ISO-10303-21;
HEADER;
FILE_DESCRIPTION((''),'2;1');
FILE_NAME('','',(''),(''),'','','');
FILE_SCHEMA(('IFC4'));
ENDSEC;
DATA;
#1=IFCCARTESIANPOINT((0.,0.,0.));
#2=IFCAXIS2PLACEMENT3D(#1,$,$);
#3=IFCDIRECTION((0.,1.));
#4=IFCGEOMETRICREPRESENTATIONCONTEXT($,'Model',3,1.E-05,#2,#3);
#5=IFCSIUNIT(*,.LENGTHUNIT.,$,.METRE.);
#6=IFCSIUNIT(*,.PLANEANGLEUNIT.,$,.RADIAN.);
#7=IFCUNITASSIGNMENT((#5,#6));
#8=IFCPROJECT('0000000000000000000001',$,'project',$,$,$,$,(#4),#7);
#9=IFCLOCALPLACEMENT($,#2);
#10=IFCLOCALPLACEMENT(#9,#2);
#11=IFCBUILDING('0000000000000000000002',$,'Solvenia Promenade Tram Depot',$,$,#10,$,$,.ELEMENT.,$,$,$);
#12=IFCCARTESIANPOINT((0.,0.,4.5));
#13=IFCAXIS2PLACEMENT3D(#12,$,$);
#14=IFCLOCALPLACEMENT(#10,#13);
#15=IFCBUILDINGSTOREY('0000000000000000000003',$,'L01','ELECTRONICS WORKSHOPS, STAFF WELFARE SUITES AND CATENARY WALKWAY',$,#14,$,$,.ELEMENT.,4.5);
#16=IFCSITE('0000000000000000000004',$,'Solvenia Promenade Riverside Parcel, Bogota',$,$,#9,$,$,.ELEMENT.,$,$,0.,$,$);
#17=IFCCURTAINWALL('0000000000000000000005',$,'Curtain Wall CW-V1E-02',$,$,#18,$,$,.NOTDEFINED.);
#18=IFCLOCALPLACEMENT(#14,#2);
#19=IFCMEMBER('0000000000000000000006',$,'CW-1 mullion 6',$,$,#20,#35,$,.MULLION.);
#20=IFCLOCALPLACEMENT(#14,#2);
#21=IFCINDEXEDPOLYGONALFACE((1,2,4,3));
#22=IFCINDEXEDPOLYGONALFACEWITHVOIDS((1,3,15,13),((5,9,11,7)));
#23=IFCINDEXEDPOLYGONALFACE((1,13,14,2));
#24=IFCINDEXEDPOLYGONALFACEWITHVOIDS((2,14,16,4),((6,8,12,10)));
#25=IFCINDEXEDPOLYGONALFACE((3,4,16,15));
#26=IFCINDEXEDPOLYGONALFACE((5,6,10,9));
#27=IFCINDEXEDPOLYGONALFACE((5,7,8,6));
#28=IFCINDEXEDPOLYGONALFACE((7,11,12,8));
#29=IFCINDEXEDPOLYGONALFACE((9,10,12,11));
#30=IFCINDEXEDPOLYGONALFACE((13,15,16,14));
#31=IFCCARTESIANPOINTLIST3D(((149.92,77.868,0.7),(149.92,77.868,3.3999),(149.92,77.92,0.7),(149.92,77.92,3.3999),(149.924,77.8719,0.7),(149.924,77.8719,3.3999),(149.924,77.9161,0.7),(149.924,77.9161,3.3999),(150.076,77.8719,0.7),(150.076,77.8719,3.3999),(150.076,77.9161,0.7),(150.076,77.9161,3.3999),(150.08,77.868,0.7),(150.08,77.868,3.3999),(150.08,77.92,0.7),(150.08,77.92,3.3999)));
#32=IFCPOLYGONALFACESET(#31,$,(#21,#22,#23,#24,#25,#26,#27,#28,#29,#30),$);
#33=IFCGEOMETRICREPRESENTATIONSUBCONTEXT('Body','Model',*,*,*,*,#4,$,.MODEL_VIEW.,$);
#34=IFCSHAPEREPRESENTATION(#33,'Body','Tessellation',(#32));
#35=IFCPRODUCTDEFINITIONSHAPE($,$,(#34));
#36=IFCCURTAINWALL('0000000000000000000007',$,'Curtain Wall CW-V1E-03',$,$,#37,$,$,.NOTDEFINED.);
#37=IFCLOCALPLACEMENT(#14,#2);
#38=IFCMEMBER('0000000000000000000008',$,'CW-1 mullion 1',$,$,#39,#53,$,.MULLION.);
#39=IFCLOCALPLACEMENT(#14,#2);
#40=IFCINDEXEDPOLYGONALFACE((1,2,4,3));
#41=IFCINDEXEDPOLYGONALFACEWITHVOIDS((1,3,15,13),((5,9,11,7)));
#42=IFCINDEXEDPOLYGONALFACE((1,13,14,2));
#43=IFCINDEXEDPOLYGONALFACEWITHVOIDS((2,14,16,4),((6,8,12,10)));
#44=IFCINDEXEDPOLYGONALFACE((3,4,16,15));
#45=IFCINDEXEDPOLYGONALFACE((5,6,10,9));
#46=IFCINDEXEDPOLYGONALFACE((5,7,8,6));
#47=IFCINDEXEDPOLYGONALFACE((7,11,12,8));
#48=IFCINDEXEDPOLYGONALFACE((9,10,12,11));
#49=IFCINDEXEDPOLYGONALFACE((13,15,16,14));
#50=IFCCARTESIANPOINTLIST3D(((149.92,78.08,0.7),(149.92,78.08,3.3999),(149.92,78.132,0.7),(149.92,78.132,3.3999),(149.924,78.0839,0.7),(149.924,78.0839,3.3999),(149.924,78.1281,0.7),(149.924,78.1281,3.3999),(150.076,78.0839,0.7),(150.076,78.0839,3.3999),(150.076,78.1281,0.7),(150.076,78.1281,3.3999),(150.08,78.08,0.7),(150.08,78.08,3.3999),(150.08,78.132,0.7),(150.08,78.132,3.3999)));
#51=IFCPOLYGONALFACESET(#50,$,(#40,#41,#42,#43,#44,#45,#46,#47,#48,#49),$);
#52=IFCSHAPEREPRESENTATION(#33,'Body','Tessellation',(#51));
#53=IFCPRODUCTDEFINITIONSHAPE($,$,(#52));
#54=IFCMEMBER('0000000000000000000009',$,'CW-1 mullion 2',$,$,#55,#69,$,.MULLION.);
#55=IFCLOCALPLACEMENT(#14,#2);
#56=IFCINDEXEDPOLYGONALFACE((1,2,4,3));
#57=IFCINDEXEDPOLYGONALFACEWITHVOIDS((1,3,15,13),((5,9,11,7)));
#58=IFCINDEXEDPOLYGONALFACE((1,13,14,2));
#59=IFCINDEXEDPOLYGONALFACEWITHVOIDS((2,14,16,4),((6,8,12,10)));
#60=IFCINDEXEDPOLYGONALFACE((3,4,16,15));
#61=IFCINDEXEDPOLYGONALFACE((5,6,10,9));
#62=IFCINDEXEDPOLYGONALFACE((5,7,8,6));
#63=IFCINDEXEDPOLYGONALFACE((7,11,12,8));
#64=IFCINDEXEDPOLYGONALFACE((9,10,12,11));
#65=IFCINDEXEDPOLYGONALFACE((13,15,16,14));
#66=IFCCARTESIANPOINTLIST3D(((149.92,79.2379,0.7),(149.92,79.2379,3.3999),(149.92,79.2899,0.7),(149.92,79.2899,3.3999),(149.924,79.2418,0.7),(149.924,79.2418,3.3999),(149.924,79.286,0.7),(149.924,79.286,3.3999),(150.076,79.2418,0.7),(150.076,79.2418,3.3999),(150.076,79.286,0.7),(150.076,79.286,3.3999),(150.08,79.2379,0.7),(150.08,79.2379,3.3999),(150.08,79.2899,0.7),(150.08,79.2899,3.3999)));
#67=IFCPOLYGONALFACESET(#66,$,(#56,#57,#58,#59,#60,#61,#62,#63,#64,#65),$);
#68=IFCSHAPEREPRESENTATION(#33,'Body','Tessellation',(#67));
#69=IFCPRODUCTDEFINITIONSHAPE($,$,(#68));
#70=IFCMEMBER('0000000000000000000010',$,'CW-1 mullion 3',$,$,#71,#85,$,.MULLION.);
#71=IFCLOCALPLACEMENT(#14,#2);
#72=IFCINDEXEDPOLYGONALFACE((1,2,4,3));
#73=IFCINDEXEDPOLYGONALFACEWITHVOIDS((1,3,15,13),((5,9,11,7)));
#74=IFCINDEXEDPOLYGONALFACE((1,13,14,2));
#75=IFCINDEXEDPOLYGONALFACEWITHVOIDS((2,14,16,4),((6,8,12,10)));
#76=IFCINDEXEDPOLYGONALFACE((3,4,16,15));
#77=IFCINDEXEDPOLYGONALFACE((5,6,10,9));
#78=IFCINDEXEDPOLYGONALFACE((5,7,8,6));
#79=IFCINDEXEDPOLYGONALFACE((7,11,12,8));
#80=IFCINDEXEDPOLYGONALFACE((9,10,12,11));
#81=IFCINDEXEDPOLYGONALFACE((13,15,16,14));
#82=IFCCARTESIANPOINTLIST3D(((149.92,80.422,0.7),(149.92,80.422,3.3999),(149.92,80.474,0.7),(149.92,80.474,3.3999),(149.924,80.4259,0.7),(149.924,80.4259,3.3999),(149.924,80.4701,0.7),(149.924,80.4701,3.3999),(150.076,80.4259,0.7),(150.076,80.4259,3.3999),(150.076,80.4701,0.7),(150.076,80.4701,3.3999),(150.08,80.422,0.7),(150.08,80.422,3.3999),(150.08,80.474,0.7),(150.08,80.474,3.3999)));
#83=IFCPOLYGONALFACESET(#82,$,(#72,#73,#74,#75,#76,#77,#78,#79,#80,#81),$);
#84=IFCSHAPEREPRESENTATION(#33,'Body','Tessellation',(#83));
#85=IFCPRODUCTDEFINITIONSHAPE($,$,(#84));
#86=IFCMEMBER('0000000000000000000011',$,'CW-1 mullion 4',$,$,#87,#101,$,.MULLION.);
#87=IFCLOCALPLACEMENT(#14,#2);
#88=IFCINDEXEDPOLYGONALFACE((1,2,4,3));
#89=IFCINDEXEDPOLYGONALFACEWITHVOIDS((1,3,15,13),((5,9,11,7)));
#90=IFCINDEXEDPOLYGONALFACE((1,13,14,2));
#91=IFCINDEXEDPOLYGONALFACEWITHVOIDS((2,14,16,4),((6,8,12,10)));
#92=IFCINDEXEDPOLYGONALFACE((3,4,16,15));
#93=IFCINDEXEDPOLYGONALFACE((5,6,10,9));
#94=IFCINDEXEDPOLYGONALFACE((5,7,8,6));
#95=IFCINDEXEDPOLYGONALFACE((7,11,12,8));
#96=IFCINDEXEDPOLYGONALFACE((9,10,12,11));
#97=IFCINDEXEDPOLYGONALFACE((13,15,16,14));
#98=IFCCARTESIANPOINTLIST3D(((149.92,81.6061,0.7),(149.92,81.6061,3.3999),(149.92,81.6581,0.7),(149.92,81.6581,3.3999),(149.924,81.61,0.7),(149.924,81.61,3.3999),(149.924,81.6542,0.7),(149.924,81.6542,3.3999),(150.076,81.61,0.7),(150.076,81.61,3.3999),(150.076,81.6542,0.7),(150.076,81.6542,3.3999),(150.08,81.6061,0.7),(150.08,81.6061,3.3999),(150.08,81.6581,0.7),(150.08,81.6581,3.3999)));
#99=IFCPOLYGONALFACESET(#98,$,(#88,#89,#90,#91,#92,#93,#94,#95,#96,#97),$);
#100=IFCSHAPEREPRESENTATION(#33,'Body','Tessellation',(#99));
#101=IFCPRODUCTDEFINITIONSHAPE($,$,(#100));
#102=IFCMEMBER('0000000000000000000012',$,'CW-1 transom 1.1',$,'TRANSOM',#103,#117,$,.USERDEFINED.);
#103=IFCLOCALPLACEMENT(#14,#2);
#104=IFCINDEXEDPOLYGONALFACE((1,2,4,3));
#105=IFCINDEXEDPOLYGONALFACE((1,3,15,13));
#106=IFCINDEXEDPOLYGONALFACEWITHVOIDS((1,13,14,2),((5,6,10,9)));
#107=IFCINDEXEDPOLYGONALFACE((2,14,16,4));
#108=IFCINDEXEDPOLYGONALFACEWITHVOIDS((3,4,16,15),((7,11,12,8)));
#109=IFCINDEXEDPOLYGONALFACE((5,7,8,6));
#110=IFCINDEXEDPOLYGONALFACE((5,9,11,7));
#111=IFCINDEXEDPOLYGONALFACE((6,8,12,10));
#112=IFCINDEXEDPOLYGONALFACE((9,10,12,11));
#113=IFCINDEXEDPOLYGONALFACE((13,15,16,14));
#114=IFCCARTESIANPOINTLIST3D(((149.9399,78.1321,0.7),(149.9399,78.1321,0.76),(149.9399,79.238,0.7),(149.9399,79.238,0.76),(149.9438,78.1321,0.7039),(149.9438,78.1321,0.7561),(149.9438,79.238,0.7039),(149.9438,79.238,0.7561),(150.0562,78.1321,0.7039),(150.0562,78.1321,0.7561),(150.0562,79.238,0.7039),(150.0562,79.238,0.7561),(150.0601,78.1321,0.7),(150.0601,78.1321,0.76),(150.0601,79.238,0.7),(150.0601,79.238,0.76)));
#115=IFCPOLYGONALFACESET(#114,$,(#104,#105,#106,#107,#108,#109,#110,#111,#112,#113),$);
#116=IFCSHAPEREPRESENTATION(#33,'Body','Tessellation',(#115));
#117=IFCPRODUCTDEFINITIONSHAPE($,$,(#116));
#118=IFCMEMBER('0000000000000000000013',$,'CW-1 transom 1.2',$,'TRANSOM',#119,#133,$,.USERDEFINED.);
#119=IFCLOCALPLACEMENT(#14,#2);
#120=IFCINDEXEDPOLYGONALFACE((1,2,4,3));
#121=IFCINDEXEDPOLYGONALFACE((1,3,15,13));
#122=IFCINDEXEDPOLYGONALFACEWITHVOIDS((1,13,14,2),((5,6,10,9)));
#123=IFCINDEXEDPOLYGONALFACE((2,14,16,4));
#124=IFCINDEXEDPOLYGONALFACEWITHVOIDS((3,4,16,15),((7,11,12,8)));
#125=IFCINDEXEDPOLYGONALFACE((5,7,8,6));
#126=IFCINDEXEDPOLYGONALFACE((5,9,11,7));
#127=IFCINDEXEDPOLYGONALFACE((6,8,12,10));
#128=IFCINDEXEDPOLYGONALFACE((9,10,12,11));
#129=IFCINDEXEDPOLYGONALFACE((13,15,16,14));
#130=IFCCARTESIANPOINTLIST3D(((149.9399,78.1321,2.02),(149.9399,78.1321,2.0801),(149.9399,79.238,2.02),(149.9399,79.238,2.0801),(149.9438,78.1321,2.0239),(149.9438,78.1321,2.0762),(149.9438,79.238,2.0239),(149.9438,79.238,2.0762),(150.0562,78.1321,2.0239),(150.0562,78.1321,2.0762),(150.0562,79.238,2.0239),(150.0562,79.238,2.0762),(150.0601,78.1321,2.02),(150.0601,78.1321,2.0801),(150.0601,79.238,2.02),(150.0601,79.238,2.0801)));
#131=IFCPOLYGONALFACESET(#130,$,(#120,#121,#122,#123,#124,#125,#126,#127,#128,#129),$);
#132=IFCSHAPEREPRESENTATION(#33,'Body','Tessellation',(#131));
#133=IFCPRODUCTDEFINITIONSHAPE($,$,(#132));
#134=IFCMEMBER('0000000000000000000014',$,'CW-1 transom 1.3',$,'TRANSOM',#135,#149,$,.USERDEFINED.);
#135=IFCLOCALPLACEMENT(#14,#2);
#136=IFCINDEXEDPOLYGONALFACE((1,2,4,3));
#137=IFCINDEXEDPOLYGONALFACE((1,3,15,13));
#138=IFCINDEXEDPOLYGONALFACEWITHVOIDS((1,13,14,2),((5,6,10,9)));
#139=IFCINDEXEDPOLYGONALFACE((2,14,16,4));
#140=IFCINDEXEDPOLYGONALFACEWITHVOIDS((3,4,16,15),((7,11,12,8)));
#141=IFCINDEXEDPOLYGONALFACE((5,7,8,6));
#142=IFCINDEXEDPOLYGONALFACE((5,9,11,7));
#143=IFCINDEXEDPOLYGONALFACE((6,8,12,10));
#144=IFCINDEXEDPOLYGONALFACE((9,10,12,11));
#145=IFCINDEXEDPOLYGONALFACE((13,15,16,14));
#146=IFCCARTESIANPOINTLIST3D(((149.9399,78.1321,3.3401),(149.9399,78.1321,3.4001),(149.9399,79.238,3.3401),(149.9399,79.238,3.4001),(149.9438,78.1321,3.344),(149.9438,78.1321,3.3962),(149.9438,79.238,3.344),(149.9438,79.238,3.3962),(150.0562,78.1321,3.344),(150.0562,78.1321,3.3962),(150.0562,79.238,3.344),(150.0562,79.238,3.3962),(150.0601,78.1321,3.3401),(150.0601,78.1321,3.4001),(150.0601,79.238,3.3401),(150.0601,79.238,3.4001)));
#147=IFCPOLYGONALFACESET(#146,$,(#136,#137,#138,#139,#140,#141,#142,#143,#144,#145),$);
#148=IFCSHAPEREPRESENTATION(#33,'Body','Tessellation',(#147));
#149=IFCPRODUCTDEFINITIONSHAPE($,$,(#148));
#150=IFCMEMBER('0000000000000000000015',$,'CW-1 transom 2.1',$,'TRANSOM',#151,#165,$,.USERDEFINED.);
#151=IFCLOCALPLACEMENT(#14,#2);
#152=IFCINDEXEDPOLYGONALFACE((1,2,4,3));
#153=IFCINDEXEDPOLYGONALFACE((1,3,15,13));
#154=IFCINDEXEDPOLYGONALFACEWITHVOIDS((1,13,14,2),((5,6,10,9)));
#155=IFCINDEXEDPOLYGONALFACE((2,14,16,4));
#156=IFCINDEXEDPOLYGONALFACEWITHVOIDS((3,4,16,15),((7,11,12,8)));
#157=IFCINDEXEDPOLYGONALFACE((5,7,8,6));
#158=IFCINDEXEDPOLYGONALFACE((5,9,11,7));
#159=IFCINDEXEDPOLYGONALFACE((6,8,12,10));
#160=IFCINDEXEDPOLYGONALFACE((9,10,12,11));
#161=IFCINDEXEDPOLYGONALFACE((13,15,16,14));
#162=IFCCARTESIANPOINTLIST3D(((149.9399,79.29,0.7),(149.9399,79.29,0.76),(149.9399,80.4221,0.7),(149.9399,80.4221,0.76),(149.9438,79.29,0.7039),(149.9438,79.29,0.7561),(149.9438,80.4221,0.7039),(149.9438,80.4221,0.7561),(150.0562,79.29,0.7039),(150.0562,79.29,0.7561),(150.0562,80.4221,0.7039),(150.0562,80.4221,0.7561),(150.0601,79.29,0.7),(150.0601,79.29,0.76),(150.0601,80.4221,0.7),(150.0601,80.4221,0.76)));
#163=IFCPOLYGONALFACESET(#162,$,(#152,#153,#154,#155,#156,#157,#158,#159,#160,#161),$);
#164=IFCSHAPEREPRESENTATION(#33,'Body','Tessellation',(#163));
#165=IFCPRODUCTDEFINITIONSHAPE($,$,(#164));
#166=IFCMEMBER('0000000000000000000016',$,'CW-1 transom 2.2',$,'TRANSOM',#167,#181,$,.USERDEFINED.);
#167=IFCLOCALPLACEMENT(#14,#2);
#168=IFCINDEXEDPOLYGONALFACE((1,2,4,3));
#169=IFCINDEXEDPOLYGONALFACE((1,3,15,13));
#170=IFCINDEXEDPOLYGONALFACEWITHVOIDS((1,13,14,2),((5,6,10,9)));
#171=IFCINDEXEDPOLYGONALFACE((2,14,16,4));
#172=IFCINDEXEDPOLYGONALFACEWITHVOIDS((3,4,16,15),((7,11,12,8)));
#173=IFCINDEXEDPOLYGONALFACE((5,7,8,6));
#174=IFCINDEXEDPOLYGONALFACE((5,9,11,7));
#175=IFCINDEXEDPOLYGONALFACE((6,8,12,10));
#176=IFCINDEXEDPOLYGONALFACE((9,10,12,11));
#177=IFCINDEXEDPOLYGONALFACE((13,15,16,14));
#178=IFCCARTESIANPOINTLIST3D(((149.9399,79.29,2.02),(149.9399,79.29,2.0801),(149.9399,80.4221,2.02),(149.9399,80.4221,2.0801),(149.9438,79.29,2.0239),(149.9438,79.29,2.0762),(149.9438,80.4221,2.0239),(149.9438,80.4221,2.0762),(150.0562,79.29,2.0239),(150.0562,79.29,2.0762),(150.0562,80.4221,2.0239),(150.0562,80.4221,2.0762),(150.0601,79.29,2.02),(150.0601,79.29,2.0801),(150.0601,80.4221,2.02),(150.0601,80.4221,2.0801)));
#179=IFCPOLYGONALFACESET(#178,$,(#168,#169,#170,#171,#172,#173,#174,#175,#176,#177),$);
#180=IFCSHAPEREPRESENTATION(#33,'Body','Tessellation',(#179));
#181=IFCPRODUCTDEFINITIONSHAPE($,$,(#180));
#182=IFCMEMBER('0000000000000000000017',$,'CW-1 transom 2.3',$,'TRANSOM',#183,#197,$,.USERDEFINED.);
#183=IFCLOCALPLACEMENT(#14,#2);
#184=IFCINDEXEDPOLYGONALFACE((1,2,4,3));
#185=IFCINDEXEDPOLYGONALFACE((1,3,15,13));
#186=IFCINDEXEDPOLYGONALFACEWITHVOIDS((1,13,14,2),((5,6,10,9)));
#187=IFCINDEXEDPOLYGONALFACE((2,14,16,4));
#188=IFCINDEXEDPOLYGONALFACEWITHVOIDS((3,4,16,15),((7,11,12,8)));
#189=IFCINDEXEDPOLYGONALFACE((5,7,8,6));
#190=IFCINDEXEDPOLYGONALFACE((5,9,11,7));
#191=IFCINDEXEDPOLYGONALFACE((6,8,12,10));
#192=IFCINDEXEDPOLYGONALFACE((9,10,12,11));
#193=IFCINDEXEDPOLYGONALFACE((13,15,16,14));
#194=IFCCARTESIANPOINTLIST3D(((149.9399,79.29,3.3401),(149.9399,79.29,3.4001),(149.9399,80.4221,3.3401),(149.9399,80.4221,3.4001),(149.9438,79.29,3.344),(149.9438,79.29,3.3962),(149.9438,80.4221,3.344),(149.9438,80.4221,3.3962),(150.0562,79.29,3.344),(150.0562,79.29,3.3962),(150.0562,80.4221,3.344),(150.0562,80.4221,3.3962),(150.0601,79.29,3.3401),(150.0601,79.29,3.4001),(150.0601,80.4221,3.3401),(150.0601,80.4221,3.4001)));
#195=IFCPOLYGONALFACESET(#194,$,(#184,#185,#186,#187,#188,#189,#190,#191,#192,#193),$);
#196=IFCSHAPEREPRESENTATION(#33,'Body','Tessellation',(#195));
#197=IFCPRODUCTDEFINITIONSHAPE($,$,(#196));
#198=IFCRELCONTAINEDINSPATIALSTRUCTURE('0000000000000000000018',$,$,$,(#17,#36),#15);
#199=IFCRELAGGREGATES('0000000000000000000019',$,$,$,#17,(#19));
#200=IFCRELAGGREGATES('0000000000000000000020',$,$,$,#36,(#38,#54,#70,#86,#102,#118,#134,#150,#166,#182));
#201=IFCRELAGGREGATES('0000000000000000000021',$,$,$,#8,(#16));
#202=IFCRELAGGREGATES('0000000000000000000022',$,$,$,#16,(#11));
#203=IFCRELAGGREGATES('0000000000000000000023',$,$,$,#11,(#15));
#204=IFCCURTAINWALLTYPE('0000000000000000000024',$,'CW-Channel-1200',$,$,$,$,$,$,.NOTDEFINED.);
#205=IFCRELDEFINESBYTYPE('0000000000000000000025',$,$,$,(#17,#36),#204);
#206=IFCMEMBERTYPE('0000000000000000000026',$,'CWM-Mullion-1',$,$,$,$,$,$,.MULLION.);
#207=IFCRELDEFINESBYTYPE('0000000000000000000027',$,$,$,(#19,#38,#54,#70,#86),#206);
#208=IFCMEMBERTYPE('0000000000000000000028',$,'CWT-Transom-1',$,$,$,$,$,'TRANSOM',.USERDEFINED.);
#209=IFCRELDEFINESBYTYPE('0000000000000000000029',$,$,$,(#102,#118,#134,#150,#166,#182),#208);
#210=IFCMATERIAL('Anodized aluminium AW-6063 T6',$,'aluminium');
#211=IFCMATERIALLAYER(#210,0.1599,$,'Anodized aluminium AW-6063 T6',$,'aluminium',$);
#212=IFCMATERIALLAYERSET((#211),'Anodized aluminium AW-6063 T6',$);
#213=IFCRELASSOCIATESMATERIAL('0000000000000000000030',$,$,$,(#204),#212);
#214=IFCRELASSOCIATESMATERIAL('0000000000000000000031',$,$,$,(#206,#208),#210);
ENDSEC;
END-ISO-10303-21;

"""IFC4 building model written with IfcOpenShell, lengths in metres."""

from ifc_helpers import new_model, si_unit, direction, frame, origin, origin_2d, place, context, subcontext, project, spatial, hollow_rectangle, extrude, material, layer, layer_set, material_profile, profile_set, type_object, element, aggregate, save


model = new_model("IFC4")

# Units and contexts
model_context = context("Model", 3, precision=1e-05, world=origin(), true_north=direction((0.0, 1.0)))
body_context = subcontext(model_context, "Body", "Model", "MODEL_VIEW")
ifc_project = project(units=[si_unit("LENGTHUNIT", "METRE"), si_unit("PLANEANGLEUNIT", "RADIAN")], contexts=[model_context])

# Site, building, storey
site_placement = place(None, origin())
site = spatial("IfcSite", under=ifc_project, at=site_placement, Name="Solvenia Promenade Riverside Parcel, Bogota", CompositionType="ELEMENT", RefElevation=0.0)
building_placement = place(site_placement, origin())
building = spatial("IfcBuilding", under=site, at=building_placement, Name="Solvenia Promenade Tram Depot", CompositionType="ELEMENT")
storey_placement = place(building_placement, frame((0.0, 0.0, 4.5)))
storey = spatial("IfcBuildingStorey", under=building, at=storey_placement, Name="L01", Description="ELECTRONICS WORKSHOPS, STAFF WELFARE SUITES AND CATENARY WALKWAY", CompositionType="ELEMENT", Elevation=4.5)

# Curtain wall, member
ifc_material_1 = material(Name="Anodized aluminium AW-6063 T6", Category="aluminium")
ifc_layer_1 = layer(ifc_material_1, 0.1599, Name="Anodized aluminium AW-6063 T6", Category="aluminium")
ifc_layer_set_1 = layer_set([ifc_layer_1], Name="Anodized aluminium AW-6063 T6")
curtain_wall_type = type_object("IfcCurtainWallType", Name="CW-Channel-1200", PredefinedType="NOTDEFINED", material=ifc_layer_set_1)
curtain_wall_1_placement = place(storey_placement, origin())
curtain_wall_1 = element("IfcCurtainWall", 1, at=curtain_wall_1_placement, inside=storey, type_object=curtain_wall_type, Name="Curtain Wall CW-V1E-02", PredefinedType="NOTDEFINED")
ifc_material_profile_1 = material_profile(ifc_material_1, hollow_rectangle(XDim=0.1599, YDim=0.052, WallThickness=0.0039, at=origin_2d()), Name="ALU-M1", Category="aluminium")
ifc_profile_set_1 = profile_set([ifc_material_profile_1], Name="Anodized aluminium AW-6063 T6")
member_type_1 = type_object("IfcMemberType", Name="CWM-Mullion-1", PredefinedType="MULLION", material=ifc_profile_set_1)
member_1_placement = place(storey_placement, frame((150.0, 77.894, 0.7), z_axis=(0.0, 0.0, 1.0), x_axis=(-1.0, 0.0, 0.0)))
member_1 = element("IfcMember", 2, at=member_1_placement, type_object=member_type_1, Name="CW-1 mullion 6", PredefinedType="MULLION", context=body_context, shape_type="SweptSolid", body=[
    extrude(hollow_rectangle(XDim=0.1599, YDim=0.052, WallThickness=0.0039, at=origin_2d()), origin(), (0.0, 0.0, 1.0), 2.7),
])

# Curtain wall, members
curtain_wall_2_placement = place(storey_placement, origin())
curtain_wall_2 = element("IfcCurtainWall", 3, at=curtain_wall_2_placement, inside=storey, type_object=curtain_wall_type, Name="Curtain Wall CW-V1E-03", PredefinedType="NOTDEFINED")
member_2_placement = place(storey_placement, frame((150.0, 78.106, 0.7), z_axis=(0.0, 0.0, 1.0), x_axis=(-1.0, 0.0, 0.0)))
member_2 = element("IfcMember", 4, at=member_2_placement, type_object=member_type_1, Name="CW-1 mullion 1", PredefinedType="MULLION", context=body_context, shape_type="SweptSolid", body=[
    extrude(hollow_rectangle(XDim=0.1599, YDim=0.052, WallThickness=0.0039, at=origin_2d()), origin(), (0.0, 0.0, 1.0), 2.7),
])
member_3_placement = place(storey_placement, frame((150.0, 79.2639, 0.7), z_axis=(0.0, 0.0, 1.0), x_axis=(-1.0, 0.0, 0.0)))
member_3 = element("IfcMember", 5, at=member_3_placement, type_object=member_type_1, Name="CW-1 mullion 2", PredefinedType="MULLION", context=body_context, shape_type="SweptSolid", body=[
    extrude(hollow_rectangle(XDim=0.1599, YDim=0.052, WallThickness=0.0039, at=origin_2d()), origin(), (0.0, 0.0, 1.0), 2.7),
])
member_4_placement = place(storey_placement, frame((150.0, 80.448, 0.7), z_axis=(0.0, 0.0, 1.0), x_axis=(-1.0, 0.0, 0.0)))
member_4 = element("IfcMember", 6, at=member_4_placement, type_object=member_type_1, Name="CW-1 mullion 3", PredefinedType="MULLION", context=body_context, shape_type="SweptSolid", body=[
    extrude(hollow_rectangle(XDim=0.1599, YDim=0.052, WallThickness=0.0039, at=origin_2d()), origin(), (0.0, 0.0, 1.0), 2.7),
])
member_5_placement = place(storey_placement, frame((150.0, 81.6321, 0.7), z_axis=(0.0, 0.0, 1.0), x_axis=(-1.0, 0.0, 0.0)))
member_5 = element("IfcMember", 7, at=member_5_placement, type_object=member_type_1, Name="CW-1 mullion 4", PredefinedType="MULLION", context=body_context, shape_type="SweptSolid", body=[
    extrude(hollow_rectangle(XDim=0.1599, YDim=0.052, WallThickness=0.0039, at=origin_2d()), origin(), (0.0, 0.0, 1.0), 2.7),
])
ifc_material_profile_2 = material_profile(ifc_material_1, hollow_rectangle(XDim=0.1201, YDim=0.0601, WallThickness=0.0039, at=origin_2d()), Name="ALU-T1", Category="aluminium")
ifc_profile_set_2 = profile_set([ifc_material_profile_2], Name="Anodized aluminium AW-6063 T6")
member_type_2 = type_object("IfcMemberType", Name="CWT-Transom-1", ElementType="TRANSOM", PredefinedType="USERDEFINED", material=ifc_profile_set_2)
member_6_placement = place(storey_placement, frame((150.0, 78.1321, 0.73), z_axis=(0.0, 1.0, 0.0), x_axis=(-1.0, 0.0, 0.0)))
member_6 = element("IfcMember", 8, at=member_6_placement, type_object=member_type_2, Name="CW-1 transom 1.1", ObjectType="TRANSOM", PredefinedType="USERDEFINED", context=body_context, shape_type="SweptSolid", body=[
    extrude(hollow_rectangle(XDim=0.1201, YDim=0.0601, WallThickness=0.0039, at=origin_2d()), origin(), (0.0, 0.0, 1.0), 1.106),
])
member_7_placement = place(storey_placement, frame((150.0, 78.1321, 2.05), z_axis=(0.0, 1.0, 0.0), x_axis=(-1.0, 0.0, 0.0)))
member_7 = element("IfcMember", 9, at=member_7_placement, type_object=member_type_2, Name="CW-1 transom 1.2", ObjectType="TRANSOM", PredefinedType="USERDEFINED", context=body_context, shape_type="SweptSolid", body=[
    extrude(hollow_rectangle(XDim=0.1201, YDim=0.0601, WallThickness=0.0039, at=origin_2d()), origin(), (0.0, 0.0, 1.0), 1.106),
])
member_8_placement = place(storey_placement, frame((150.0, 78.1321, 3.3701), z_axis=(0.0, 1.0, 0.0), x_axis=(-1.0, 0.0, 0.0)))
member_8 = element("IfcMember", 10, at=member_8_placement, type_object=member_type_2, Name="CW-1 transom 1.3", ObjectType="TRANSOM", PredefinedType="USERDEFINED", context=body_context, shape_type="SweptSolid", body=[
    extrude(hollow_rectangle(XDim=0.1201, YDim=0.0601, WallThickness=0.0039, at=origin_2d()), origin(), (0.0, 0.0, 1.0), 1.106),
])
member_9_placement = place(storey_placement, frame((150.0, 79.29, 0.73), z_axis=(0.0, 1.0, 0.0), x_axis=(-1.0, 0.0, 0.0)))
member_9 = element("IfcMember", 11, at=member_9_placement, type_object=member_type_2, Name="CW-1 transom 2.1", ObjectType="TRANSOM", PredefinedType="USERDEFINED", context=body_context, shape_type="SweptSolid", body=[
    extrude(hollow_rectangle(XDim=0.1201, YDim=0.0601, WallThickness=0.0039, at=origin_2d()), origin(), (0.0, 0.0, 1.0), 1.1321),
])
member_10_placement = place(storey_placement, frame((150.0, 79.29, 2.05), z_axis=(0.0, 1.0, 0.0), x_axis=(-1.0, 0.0, 0.0)))
member_10 = element("IfcMember", 12, at=member_10_placement, type_object=member_type_2, Name="CW-1 transom 2.2", ObjectType="TRANSOM", PredefinedType="USERDEFINED", context=body_context, shape_type="SweptSolid", body=[
    extrude(hollow_rectangle(XDim=0.1201, YDim=0.0601, WallThickness=0.0039, at=origin_2d()), origin(), (0.0, 0.0, 1.0), 1.1321),
])
member_11_placement = place(storey_placement, frame((150.0, 79.29, 3.3701), z_axis=(0.0, 1.0, 0.0), x_axis=(-1.0, 0.0, 0.0)))
member_11 = element("IfcMember", 13, at=member_11_placement, type_object=member_type_2, Name="CW-1 transom 2.3", ObjectType="TRANSOM", PredefinedType="USERDEFINED", context=body_context, shape_type="SweptSolid", body=[
    extrude(hollow_rectangle(XDim=0.1201, YDim=0.0601, WallThickness=0.0039, at=origin_2d()), origin(), (0.0, 0.0, 1.0), 1.1321),
])

aggregate(curtain_wall_1, [member_1])
aggregate(curtain_wall_2, [member_2, member_3, member_4, member_5, member_6, member_7, member_8, member_9, member_10, member_11])

save(model, "model.ifc")
